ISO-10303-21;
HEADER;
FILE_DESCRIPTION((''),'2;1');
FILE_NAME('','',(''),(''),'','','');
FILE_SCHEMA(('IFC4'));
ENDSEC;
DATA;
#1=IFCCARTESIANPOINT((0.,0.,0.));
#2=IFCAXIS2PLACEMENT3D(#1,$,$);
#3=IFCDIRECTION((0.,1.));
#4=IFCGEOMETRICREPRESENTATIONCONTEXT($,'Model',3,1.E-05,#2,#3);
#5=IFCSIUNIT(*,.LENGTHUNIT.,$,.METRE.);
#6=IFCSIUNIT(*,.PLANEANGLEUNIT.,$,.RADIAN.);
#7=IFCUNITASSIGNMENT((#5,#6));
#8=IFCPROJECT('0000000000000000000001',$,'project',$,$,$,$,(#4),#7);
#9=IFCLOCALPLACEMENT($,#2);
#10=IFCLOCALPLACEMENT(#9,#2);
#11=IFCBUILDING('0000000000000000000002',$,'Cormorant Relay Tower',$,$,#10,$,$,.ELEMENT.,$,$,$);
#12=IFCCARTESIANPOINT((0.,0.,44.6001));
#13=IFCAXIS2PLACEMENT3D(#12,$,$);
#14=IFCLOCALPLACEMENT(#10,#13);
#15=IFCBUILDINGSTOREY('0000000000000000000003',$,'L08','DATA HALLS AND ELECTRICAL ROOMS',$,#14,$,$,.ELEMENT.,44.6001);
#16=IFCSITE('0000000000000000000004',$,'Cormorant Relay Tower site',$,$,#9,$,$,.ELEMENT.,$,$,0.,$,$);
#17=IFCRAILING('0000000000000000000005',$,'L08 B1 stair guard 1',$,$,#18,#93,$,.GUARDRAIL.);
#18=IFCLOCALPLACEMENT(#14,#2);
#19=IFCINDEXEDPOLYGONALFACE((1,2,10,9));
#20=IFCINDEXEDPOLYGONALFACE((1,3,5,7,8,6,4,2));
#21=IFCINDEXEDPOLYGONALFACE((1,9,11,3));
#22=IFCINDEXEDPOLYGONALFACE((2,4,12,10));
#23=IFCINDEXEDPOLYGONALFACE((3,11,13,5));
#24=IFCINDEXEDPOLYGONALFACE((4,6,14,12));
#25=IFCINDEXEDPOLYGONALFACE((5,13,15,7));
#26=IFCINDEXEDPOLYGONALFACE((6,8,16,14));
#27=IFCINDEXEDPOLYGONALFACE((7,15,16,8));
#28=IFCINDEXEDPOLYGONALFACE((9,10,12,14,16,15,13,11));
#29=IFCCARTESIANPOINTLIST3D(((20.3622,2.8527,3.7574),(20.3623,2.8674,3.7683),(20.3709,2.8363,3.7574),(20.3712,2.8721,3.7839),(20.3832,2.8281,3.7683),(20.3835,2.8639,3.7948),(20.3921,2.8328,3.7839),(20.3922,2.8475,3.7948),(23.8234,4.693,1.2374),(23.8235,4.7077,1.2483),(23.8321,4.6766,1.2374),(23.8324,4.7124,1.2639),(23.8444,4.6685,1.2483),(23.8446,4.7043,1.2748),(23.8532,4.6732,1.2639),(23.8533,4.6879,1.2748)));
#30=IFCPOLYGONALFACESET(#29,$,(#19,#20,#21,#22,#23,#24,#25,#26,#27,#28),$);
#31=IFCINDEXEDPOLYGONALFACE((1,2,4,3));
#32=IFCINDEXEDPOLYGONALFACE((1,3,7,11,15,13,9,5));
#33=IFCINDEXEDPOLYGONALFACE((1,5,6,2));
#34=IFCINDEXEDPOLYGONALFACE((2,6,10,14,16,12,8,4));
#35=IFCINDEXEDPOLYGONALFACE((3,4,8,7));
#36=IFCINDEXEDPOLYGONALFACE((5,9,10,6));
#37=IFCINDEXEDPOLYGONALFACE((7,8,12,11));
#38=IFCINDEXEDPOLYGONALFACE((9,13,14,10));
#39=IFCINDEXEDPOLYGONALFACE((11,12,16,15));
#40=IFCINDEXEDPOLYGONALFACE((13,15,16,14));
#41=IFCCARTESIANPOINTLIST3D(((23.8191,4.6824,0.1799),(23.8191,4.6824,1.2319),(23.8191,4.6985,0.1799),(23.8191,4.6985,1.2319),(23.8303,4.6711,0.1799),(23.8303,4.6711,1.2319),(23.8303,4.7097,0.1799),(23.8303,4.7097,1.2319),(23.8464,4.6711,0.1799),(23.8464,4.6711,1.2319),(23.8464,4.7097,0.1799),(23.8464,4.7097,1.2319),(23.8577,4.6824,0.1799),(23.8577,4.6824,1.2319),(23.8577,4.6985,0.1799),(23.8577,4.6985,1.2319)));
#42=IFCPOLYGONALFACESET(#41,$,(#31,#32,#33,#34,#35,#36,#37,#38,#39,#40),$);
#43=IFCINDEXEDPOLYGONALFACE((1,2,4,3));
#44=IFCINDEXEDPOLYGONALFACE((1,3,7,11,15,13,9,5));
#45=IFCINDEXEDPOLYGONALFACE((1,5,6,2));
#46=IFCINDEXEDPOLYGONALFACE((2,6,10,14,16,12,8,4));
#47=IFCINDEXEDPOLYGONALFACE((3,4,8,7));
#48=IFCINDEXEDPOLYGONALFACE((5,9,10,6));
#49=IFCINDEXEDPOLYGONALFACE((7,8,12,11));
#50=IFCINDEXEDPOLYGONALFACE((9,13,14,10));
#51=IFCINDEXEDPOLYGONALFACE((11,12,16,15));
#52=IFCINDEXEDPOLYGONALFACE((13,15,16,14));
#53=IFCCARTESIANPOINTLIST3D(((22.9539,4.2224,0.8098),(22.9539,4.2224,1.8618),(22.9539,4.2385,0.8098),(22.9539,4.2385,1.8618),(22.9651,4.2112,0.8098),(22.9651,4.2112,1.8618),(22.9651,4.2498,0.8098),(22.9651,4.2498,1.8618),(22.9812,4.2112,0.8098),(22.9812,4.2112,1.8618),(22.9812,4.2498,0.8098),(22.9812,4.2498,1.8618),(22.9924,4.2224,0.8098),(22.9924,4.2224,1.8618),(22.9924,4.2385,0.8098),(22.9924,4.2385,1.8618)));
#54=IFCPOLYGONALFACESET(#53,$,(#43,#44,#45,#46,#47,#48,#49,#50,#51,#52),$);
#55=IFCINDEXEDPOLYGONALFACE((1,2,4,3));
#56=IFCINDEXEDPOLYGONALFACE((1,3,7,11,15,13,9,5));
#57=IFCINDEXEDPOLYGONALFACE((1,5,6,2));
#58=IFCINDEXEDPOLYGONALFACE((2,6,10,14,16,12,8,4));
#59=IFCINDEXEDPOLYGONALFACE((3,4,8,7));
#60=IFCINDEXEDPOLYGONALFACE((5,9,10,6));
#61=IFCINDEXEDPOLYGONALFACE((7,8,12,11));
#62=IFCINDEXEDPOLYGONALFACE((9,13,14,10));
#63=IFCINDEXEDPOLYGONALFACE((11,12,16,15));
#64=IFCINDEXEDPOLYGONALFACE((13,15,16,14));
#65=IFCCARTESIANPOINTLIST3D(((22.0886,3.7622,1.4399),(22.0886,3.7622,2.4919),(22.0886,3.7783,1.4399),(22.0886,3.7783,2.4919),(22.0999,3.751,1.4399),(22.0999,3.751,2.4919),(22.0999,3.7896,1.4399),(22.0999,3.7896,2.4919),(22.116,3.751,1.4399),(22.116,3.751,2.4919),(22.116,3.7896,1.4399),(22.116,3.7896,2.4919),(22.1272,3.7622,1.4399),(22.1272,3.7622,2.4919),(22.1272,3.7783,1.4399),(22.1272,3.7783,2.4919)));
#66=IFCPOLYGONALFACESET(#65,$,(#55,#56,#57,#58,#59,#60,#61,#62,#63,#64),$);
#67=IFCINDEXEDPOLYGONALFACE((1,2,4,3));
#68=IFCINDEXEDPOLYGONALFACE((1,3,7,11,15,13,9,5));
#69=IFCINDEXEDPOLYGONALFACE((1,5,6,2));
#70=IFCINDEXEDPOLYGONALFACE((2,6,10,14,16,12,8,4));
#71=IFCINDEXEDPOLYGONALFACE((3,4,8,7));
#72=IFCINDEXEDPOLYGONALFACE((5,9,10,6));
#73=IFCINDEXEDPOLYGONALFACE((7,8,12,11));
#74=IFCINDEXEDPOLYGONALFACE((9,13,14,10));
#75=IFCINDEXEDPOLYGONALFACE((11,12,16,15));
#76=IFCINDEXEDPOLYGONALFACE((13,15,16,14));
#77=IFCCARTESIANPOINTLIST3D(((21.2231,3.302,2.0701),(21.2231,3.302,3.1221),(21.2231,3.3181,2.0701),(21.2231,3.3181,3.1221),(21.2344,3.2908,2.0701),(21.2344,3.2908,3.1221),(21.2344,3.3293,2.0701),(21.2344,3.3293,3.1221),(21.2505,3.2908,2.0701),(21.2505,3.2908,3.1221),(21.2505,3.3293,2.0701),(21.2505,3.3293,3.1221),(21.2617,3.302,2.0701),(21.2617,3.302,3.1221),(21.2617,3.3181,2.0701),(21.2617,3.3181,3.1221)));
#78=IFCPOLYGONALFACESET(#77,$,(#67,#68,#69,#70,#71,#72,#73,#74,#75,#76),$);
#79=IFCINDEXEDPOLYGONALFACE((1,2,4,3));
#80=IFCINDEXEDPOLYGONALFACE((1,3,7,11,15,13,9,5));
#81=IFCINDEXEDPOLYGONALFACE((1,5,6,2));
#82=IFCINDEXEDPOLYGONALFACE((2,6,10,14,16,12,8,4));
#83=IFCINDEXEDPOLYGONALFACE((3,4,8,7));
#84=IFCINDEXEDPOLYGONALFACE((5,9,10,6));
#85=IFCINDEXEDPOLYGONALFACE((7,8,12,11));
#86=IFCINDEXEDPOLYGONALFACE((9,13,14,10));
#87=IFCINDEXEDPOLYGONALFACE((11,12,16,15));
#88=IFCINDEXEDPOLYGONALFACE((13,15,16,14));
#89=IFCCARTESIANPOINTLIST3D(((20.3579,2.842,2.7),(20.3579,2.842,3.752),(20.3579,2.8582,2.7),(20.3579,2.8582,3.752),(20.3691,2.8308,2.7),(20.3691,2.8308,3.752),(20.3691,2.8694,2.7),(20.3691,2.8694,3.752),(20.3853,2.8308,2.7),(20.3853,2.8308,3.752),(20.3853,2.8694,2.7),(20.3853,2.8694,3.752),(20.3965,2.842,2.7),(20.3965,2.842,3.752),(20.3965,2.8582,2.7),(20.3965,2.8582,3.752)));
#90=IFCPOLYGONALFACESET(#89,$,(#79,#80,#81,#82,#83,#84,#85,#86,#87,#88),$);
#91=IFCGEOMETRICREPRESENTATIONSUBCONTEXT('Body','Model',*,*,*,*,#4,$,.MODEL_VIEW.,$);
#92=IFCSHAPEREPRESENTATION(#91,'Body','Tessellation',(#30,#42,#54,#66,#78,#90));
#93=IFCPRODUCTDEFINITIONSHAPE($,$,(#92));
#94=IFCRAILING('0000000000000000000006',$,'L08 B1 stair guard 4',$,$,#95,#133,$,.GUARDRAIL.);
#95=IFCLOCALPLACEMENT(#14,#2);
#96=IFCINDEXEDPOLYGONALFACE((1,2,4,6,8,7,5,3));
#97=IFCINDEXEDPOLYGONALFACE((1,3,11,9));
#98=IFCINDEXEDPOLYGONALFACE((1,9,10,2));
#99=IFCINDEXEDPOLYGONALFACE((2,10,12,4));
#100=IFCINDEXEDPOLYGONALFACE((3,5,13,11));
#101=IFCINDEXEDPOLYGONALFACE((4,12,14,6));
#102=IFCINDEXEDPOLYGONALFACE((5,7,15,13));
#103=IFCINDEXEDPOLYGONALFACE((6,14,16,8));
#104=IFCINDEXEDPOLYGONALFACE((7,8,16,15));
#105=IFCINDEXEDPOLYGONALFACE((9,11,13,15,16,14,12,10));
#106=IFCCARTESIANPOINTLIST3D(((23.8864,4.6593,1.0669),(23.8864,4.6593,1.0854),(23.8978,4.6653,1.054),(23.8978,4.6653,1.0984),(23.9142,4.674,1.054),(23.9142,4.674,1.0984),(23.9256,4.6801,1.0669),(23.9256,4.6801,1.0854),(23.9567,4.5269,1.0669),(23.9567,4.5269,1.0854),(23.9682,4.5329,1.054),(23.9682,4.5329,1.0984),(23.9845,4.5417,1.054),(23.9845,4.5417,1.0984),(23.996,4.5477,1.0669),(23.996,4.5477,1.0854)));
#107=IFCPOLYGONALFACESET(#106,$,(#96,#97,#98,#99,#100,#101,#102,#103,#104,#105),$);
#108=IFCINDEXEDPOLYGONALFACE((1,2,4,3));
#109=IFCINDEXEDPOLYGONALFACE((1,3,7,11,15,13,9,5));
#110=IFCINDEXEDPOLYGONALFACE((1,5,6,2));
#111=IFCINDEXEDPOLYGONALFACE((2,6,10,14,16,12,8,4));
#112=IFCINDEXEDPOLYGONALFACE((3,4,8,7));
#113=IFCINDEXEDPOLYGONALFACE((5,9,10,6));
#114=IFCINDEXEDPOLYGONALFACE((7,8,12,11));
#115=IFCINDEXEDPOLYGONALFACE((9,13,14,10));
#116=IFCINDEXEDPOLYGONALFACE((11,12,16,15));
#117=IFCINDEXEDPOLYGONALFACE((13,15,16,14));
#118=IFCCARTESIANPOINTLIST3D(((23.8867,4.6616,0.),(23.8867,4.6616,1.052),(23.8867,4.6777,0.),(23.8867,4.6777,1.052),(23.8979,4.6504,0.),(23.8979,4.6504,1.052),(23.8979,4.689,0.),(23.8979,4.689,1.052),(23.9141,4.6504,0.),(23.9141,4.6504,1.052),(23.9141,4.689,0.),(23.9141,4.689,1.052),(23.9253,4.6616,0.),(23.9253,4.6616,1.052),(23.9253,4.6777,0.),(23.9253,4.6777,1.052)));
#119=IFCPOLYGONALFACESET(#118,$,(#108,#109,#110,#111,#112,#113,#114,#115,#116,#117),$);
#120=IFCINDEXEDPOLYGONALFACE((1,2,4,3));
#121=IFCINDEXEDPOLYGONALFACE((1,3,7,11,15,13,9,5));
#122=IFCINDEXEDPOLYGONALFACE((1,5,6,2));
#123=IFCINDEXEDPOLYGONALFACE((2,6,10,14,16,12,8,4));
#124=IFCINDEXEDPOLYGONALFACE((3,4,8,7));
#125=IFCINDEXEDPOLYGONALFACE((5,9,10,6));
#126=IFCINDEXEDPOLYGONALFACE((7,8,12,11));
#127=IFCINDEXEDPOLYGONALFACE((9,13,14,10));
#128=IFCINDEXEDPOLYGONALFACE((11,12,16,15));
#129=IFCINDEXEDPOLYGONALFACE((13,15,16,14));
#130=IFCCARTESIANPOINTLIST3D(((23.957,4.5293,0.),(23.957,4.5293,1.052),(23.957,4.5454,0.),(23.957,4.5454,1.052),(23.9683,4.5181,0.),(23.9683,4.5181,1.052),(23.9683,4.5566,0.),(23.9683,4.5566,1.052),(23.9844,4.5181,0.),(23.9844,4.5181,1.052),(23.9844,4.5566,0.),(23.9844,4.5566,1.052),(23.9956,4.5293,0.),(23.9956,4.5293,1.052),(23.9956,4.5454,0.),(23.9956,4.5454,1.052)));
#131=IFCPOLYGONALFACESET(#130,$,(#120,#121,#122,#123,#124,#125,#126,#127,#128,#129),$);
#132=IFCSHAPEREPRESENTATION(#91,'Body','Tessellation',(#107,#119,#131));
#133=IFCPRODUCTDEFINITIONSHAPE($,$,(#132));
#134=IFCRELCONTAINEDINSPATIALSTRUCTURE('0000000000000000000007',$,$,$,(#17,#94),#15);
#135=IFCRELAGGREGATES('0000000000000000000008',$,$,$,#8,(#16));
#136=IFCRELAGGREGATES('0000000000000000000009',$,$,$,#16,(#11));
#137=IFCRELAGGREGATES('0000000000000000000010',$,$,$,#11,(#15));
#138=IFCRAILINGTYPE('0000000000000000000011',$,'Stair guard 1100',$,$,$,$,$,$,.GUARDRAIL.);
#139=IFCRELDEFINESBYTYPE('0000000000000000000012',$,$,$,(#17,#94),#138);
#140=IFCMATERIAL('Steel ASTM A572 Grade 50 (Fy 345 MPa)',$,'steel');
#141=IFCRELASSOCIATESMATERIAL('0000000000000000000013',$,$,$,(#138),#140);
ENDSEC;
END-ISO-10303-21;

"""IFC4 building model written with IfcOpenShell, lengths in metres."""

from ifc_helpers import new_model, si_unit, direction, frame, origin, place, context, subcontext, project, spatial, polyline, outline, extrude, material, type_object, element, save


model = new_model("IFC4")

# Units and contexts
model_context = context("Model", 3, precision=1e-05, world=origin(), true_north=direction((0.0, 1.0)))
body_context = subcontext(model_context, "Body", "Model", "MODEL_VIEW")
ifc_project = project(units=[si_unit("LENGTHUNIT", "METRE"), si_unit("PLANEANGLEUNIT", "RADIAN")], contexts=[model_context])

# Site, building, storey
site_placement = place(None, origin())
site = spatial("IfcSite", under=ifc_project, at=site_placement, Name="Cormorant Relay Tower site", CompositionType="ELEMENT", RefElevation=0.0)
building_placement = place(site_placement, origin())
building = spatial("IfcBuilding", under=site, at=building_placement, Name="Cormorant Relay Tower", CompositionType="ELEMENT")
storey_placement = place(building_placement, frame((0.0, 0.0, 44.6001)))
storey = spatial("IfcBuildingStorey", under=building, at=storey_placement, Name="L08", Description="DATA HALLS AND ELECTRICAL ROOMS", CompositionType="ELEMENT", Elevation=44.6001)

# Railings
ifc_material_1 = material(Name="Steel ASTM A572 Grade 50 (Fy 345 MPa)", Category="steel")
railing_type_1 = type_object("IfcRailingType", Name="Stair guard 1100", PredefinedType="GUARDRAIL", material=ifc_material_1)
railing_1_placement = place(storey_placement, frame((23.8384, 4.6904, 0.1799)))
element("IfcRailing", 1, at=railing_1_placement, inside=storey, type_object=railing_type_1, Name="L08 B1 stair guard 1", PredefinedType="GUARDRAIL", context=body_context, shape_type="SweptSolid", body=[
    extrude(outline(polyline([(0.0222, 0.0093), (0.0093, 0.0222), (-0.0093, 0.0222), (-0.0222, 0.0093), (-0.0222, -0.0093), (-0.0093, -0.0222), (0.0093, -0.0222), (0.0222, -0.0093), (0.0222, 0.0093)])), frame((0.0, 0.0, 1.0762), z_axis=(-0.742717, -0.394907, 0.540758), x_axis=(0.469469, -0.882949, 0.0)), (0.0, 0.0, 1.0), 4.6602),
    extrude(outline(polyline([(0.0193, 0.0081), (0.0081, 0.0193), (-0.0081, 0.0193), (-0.0193, 0.0081), (-0.0193, -0.0081), (-0.0081, -0.0193), (0.0081, -0.0193), (0.0193, -0.0081), (0.0193, 0.0081)])), origin(), (0.0, 0.0, 1.0), 1.052),
    extrude(outline(polyline([(0.0193, 0.0081), (0.0081, 0.0193), (-0.0081, 0.0193), (-0.0193, 0.0081), (-0.0193, -0.0081), (-0.0081, -0.0193), (0.0081, -0.0193), (0.0193, -0.0081), (0.0193, 0.0081)])), frame((-0.8652, -0.46, 0.6299)), (0.0, 0.0, 1.0), 1.052),
    extrude(outline(polyline([(0.0193, 0.0081), (0.0081, 0.0193), (-0.0081, 0.0193), (-0.0193, 0.0081), (-0.0193, -0.0081), (-0.0081, -0.0193), (0.0081, -0.0193), (0.0193, -0.0081), (0.0193, 0.0081)])), frame((-1.7305, -0.9202, 1.26)), (0.0, 0.0, 1.0), 1.052),
    extrude(outline(polyline([(0.0193, 0.0081), (0.0081, 0.0193), (-0.0081, 0.0193), (-0.0193, 0.0081), (-0.0193, -0.0081), (-0.0081, -0.0193), (0.0081, -0.0193), (0.0193, -0.0081), (0.0193, 0.0081)])), frame((-2.5959, -1.3804, 1.8901)), (0.0, 0.0, 1.0), 1.052),
    extrude(outline(polyline([(0.0193, 0.0081), (0.0081, 0.0193), (-0.0081, 0.0193), (-0.0193, 0.0081), (-0.0193, -0.0081), (-0.0081, -0.0193), (0.0081, -0.0193), (0.0193, -0.0081), (0.0193, 0.0081)])), frame((-3.4612, -1.8403, 2.52)), (0.0, 0.0, 1.0), 1.052),
])
railing_2_placement = place(storey_placement, frame((23.906, 4.6697, 0.0)))
element("IfcRailing", 2, at=railing_2_placement, inside=storey, type_object=railing_type_1, Name="L08 B1 stair guard 4", PredefinedType="GUARDRAIL", context=body_context, shape_type="SweptSolid", body=[
    extrude(outline(polyline([(0.0222, 0.0093), (0.0093, 0.0222), (-0.0093, 0.0222), (-0.0222, 0.0093), (-0.0222, -0.0093), (-0.0093, -0.0222), (0.0093, -0.0222), (0.0222, -0.0093), (0.0222, 0.0093)])), frame((0.0, 0.0, 1.0762), z_axis=(0.469235, -0.883074, 0.0), x_axis=(0.883074, 0.469235, 0.0)), (0.0, 0.0, 1.0), 0.1499),
    extrude(outline(polyline([(0.0193, 0.0081), (0.0081, 0.0193), (-0.0081, 0.0193), (-0.0193, 0.0081), (-0.0193, -0.0081), (-0.0081, -0.0193), (0.0081, -0.0193), (0.0193, -0.0081), (0.0193, 0.0081)])), origin(), (0.0, 0.0, 1.0), 1.052),
    extrude(outline(polyline([(0.0193, 0.0081), (0.0081, 0.0193), (-0.0081, 0.0193), (-0.0193, 0.0081), (-0.0193, -0.0081), (-0.0081, -0.0193), (0.0081, -0.0193), (0.0193, -0.0081), (0.0193, 0.0081)])), frame((0.0703, -0.1323, 0.0)), (0.0, 0.0, 1.0), 1.052),
])

save(model, "model.ifc")
